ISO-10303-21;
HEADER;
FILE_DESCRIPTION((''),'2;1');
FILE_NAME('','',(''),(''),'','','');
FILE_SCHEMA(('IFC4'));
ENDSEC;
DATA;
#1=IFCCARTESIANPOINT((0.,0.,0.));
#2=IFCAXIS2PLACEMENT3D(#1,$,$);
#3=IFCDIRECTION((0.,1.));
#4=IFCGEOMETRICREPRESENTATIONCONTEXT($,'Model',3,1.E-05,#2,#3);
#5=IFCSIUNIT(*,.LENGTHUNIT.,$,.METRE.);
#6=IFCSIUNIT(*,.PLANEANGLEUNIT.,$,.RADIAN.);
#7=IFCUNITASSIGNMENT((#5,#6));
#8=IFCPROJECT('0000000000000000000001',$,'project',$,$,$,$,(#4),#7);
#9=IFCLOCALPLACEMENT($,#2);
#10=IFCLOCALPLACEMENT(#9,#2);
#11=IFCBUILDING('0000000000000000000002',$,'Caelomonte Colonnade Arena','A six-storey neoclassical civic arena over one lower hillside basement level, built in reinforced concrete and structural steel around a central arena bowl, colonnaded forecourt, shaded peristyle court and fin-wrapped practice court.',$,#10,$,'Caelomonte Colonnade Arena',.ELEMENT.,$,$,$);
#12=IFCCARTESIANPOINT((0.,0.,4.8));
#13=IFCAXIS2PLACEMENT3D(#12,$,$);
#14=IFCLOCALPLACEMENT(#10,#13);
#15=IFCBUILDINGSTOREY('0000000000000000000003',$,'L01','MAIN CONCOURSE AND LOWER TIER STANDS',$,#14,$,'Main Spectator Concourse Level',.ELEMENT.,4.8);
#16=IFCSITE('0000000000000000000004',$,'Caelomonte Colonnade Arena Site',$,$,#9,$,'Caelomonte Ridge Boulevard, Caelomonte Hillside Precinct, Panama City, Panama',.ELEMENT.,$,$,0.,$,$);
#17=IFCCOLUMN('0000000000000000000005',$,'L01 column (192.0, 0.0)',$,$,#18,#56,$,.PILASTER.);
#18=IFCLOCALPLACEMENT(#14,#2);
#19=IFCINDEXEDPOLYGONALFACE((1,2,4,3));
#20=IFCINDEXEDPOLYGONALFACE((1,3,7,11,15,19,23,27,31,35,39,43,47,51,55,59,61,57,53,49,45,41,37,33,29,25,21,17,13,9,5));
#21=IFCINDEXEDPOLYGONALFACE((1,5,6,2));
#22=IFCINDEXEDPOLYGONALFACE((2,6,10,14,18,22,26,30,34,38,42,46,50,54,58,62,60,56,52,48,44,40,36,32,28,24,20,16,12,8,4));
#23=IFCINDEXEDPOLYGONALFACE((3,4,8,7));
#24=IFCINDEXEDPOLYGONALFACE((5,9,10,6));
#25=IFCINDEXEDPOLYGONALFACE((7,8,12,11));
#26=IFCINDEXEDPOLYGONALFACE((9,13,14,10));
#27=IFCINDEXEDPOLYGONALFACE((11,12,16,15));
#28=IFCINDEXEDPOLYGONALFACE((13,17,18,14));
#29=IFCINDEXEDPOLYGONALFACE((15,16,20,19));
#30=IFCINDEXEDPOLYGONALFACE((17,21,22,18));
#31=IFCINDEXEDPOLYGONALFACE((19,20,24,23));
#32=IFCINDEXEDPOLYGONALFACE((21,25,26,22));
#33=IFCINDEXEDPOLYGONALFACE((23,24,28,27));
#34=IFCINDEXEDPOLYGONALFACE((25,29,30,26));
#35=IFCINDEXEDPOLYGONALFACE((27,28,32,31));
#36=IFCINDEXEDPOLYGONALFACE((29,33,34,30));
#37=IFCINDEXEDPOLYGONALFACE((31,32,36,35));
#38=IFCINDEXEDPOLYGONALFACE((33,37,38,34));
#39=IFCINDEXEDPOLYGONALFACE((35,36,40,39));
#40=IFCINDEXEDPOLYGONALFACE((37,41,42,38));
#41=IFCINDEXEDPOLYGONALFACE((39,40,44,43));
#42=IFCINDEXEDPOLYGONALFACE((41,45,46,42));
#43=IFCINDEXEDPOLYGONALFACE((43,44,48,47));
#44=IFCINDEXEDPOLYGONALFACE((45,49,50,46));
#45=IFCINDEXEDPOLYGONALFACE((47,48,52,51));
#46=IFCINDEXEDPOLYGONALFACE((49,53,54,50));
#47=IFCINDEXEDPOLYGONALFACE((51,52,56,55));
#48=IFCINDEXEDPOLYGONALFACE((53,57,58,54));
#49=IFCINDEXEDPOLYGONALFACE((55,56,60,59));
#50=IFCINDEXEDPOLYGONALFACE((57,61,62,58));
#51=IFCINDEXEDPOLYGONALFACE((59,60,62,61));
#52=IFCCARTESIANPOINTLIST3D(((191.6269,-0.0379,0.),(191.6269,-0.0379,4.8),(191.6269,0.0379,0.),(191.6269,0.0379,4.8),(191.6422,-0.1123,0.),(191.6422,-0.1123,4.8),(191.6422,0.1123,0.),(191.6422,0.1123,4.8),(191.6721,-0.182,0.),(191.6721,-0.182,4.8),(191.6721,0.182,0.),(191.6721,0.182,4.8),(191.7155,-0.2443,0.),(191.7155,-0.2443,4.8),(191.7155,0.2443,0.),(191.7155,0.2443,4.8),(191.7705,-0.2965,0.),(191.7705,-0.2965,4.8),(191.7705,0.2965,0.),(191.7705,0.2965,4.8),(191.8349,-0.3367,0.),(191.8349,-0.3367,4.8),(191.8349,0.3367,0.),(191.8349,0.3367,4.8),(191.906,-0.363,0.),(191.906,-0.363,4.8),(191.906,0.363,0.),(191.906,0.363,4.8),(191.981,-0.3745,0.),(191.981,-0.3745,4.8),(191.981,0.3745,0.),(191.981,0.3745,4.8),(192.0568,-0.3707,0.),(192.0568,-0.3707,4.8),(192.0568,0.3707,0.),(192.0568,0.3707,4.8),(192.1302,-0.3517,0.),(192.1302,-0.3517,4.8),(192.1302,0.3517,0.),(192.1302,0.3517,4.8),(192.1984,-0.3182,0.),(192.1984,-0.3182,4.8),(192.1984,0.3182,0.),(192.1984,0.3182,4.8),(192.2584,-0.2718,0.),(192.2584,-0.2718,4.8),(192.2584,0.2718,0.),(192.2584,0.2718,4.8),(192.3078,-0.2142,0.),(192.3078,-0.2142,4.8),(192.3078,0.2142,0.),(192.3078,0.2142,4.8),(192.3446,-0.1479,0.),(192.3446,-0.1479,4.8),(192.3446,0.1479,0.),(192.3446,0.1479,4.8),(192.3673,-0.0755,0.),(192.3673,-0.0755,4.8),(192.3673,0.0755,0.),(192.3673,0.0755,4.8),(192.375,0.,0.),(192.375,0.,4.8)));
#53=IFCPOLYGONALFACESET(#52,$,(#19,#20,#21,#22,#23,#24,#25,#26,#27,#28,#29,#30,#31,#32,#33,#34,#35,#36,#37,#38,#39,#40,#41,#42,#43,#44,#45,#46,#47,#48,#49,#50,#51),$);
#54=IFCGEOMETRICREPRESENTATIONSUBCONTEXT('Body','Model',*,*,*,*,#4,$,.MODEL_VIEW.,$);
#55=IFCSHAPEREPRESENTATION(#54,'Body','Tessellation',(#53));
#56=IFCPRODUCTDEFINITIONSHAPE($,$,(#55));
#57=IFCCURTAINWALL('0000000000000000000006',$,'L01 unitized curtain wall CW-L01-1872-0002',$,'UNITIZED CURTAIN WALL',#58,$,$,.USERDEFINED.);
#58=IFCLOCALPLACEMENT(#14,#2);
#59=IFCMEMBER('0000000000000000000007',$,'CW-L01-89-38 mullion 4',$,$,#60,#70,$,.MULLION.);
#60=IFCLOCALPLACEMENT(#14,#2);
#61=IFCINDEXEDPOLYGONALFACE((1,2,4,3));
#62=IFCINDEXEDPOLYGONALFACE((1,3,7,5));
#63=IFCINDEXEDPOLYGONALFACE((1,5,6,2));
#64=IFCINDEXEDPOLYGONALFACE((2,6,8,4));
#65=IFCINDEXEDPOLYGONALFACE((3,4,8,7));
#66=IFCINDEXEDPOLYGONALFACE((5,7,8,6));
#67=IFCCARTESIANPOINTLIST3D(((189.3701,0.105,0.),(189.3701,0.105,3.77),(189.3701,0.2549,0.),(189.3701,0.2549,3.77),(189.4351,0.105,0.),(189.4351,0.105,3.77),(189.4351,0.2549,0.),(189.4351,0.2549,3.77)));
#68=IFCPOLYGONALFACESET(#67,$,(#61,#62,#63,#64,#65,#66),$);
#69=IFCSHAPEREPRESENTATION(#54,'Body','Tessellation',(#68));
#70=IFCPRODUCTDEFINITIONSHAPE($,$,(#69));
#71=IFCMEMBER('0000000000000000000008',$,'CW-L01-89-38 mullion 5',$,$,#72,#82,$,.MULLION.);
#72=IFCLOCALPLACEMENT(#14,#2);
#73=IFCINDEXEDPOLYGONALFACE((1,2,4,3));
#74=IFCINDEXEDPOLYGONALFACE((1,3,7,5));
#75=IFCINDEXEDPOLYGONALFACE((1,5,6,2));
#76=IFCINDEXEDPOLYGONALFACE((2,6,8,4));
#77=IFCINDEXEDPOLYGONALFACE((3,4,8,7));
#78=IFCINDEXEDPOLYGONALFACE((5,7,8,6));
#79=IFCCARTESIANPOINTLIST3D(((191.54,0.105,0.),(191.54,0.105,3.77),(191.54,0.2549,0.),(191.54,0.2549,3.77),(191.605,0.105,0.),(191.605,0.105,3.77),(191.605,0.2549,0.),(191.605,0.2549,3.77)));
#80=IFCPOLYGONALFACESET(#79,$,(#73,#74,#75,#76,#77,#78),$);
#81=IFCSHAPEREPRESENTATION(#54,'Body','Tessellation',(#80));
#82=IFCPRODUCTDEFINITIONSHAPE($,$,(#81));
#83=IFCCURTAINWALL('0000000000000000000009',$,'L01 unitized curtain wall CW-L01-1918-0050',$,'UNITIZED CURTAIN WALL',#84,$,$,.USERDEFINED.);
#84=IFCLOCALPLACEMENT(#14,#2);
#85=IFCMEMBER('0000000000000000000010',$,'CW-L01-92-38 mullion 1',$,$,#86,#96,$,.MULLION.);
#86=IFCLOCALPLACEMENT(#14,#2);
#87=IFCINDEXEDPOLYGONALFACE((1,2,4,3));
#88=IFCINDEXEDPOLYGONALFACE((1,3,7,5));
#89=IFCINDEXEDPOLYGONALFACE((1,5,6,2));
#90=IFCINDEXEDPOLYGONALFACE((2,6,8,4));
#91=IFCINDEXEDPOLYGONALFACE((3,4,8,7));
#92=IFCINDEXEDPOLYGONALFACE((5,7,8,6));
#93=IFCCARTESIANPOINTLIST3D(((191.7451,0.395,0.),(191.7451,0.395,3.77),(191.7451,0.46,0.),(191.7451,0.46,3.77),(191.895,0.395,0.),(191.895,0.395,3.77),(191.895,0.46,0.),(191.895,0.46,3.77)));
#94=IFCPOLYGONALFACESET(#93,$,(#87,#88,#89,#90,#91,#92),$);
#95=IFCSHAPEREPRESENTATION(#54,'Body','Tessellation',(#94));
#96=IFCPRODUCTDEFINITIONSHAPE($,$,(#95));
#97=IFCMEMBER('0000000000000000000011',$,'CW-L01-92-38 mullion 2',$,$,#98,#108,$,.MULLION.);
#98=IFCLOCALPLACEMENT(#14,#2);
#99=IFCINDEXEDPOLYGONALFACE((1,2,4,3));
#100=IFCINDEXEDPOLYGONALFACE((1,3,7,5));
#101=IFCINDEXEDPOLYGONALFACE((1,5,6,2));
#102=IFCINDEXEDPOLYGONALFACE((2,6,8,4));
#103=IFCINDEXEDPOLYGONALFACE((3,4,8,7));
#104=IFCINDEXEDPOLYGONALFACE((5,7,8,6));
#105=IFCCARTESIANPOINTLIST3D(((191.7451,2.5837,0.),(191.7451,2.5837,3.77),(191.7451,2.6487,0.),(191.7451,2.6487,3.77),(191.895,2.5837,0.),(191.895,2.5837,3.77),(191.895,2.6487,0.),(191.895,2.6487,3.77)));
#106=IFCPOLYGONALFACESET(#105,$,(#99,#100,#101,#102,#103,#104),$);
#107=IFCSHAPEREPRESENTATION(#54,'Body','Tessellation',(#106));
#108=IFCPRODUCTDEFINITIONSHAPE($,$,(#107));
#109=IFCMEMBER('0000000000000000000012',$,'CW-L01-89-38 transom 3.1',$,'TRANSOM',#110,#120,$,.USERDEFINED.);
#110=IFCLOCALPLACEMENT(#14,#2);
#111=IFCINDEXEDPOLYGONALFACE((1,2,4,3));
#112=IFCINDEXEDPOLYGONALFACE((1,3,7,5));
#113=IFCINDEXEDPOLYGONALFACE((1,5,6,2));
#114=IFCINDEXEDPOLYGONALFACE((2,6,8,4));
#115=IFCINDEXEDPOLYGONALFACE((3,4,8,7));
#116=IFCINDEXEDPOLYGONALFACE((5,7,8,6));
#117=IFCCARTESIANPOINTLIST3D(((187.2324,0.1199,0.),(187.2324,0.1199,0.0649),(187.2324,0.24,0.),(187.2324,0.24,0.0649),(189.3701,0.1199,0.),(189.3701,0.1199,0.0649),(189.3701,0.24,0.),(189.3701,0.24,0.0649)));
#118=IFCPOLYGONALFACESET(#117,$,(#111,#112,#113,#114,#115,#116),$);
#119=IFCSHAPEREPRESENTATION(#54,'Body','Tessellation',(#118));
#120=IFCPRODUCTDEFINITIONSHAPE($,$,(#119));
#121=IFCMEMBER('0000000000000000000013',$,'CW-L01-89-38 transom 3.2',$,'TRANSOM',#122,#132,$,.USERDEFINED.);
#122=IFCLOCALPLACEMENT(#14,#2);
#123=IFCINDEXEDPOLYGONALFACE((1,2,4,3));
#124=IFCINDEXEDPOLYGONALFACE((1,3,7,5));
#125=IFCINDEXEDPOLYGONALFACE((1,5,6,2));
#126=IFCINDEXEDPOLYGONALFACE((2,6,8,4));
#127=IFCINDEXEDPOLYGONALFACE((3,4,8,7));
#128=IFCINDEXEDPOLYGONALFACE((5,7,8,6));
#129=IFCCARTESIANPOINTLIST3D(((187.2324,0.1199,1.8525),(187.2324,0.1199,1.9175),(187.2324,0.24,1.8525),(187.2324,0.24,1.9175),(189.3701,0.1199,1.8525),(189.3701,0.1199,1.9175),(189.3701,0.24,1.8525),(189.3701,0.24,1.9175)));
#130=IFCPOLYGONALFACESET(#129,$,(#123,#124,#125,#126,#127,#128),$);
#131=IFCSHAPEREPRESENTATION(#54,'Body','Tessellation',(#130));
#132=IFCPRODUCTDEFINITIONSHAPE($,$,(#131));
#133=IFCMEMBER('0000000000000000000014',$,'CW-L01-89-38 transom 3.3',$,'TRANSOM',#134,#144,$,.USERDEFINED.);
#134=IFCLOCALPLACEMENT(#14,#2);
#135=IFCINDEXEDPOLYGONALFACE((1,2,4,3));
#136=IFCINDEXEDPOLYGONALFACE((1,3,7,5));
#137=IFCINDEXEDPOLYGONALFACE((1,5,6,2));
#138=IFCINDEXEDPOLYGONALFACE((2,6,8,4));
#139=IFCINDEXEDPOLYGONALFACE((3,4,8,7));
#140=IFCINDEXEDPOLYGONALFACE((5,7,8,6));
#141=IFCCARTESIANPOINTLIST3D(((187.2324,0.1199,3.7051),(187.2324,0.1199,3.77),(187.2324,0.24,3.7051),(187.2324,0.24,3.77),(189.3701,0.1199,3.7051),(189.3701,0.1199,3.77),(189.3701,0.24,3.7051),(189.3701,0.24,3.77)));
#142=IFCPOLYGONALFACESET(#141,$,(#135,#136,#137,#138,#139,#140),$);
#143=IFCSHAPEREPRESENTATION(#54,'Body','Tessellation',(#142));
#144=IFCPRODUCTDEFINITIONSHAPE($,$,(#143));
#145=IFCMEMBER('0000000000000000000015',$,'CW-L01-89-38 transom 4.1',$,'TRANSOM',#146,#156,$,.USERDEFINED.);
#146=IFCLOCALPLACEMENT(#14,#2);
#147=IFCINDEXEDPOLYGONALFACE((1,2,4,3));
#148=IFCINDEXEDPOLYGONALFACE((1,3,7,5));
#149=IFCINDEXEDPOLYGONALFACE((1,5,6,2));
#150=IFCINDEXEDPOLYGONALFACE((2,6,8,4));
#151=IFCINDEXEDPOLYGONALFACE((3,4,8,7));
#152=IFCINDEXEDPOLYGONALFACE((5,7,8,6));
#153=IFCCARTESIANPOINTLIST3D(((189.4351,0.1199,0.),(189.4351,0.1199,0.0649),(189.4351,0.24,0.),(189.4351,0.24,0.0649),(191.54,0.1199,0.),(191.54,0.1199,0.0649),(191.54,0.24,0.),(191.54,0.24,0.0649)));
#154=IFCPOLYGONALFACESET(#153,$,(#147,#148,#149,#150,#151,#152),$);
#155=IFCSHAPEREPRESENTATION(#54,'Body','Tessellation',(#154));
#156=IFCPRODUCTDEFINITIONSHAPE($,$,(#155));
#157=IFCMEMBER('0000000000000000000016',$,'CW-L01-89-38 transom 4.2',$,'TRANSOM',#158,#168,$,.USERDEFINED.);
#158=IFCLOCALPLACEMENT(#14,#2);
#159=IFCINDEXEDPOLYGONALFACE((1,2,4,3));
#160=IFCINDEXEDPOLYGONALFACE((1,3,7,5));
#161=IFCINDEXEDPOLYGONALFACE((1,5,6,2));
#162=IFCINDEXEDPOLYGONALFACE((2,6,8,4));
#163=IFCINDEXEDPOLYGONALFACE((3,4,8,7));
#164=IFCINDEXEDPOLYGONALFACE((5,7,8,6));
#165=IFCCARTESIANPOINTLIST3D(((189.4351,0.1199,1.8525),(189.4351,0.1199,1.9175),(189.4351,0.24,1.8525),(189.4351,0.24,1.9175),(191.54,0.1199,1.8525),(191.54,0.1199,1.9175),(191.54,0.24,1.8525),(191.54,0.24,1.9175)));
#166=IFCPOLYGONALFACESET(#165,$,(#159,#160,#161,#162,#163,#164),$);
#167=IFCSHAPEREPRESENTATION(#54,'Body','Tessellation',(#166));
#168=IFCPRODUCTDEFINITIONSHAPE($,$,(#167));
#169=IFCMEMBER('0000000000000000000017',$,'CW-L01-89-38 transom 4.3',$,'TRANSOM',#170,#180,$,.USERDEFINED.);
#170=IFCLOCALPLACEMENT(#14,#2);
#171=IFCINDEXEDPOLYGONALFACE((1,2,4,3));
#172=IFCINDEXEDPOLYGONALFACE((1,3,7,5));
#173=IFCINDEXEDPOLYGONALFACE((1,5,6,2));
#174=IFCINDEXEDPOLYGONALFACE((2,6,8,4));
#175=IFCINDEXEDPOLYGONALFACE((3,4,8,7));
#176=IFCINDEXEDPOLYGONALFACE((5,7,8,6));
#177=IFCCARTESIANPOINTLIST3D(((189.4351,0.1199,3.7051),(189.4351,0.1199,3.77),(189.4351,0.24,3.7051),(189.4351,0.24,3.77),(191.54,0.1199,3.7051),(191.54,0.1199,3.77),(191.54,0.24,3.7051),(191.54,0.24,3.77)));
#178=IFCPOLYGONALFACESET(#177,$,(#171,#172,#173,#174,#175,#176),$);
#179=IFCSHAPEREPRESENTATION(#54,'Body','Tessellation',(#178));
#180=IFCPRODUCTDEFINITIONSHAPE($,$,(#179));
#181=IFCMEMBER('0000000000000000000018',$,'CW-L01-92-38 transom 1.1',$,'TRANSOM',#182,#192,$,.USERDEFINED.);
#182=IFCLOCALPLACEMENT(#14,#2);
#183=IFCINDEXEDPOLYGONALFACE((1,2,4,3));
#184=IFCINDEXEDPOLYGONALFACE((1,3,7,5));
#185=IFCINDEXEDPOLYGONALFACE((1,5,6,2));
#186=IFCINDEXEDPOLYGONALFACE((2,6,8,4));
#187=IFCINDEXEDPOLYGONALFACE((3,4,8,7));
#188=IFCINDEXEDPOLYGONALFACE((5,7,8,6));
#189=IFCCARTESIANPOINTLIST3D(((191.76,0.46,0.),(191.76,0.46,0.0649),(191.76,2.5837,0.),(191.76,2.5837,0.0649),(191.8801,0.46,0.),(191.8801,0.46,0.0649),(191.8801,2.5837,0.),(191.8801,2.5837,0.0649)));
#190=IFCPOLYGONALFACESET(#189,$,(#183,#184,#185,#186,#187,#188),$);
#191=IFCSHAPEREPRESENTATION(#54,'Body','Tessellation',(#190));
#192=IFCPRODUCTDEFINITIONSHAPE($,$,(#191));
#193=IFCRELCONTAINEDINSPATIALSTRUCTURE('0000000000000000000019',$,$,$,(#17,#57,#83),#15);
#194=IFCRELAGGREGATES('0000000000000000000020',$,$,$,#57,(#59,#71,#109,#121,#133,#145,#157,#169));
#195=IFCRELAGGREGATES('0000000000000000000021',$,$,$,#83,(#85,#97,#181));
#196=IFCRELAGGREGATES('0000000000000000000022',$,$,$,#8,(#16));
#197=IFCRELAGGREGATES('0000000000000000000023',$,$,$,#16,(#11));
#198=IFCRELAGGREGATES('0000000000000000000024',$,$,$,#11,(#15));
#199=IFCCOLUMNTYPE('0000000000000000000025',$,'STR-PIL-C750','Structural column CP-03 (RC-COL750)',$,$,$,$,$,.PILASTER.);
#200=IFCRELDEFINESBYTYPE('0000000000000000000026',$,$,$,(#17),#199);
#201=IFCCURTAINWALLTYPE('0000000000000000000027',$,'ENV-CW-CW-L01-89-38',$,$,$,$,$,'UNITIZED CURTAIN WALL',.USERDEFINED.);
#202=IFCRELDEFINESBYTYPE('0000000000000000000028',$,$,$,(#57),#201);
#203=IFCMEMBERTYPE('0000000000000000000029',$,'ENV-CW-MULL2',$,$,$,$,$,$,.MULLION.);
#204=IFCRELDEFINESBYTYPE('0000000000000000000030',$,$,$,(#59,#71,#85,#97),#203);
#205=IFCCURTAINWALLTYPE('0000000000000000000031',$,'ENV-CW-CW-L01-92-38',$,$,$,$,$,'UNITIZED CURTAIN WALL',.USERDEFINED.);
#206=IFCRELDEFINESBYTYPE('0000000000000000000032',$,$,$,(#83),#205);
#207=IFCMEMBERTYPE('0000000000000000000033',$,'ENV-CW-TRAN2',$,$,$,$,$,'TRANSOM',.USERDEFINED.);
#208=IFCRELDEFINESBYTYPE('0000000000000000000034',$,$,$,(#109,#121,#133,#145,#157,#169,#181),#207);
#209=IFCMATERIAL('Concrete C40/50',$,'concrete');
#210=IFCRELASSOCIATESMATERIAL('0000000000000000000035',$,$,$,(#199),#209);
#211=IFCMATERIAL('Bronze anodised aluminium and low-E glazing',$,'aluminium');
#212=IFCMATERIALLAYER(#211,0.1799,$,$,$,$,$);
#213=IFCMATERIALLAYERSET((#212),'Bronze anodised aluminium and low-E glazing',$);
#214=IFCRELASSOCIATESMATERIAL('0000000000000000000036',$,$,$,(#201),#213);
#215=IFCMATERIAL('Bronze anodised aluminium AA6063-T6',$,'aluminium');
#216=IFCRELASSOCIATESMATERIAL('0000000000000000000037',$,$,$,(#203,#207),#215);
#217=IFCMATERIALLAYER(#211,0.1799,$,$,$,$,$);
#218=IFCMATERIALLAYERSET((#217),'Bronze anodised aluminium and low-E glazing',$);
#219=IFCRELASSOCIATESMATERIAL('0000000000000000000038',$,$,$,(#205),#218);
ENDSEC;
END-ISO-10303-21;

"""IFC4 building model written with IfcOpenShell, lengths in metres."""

from ifc_helpers import new_model, si_unit, direction, frame, origin, origin_2d, place, context, subcontext, project, spatial, rectangle, circle, extrude, material, layer, layer_set, material_profile, profile_set, type_object, element, aggregate, save


model = new_model("IFC4")

# Units and contexts
model_context = context("Model", 3, precision=1e-05, world=origin(), true_north=direction((0.0, 1.0)))
body_context = subcontext(model_context, "Body", "Model", "MODEL_VIEW")
ifc_project = project(units=[si_unit("LENGTHUNIT", "METRE"), si_unit("PLANEANGLEUNIT", "RADIAN")], contexts=[model_context])

# Site, building, storey
site_placement = place(None, origin())
site = spatial("IfcSite", under=ifc_project, at=site_placement, Name="Caelomonte Colonnade Arena Site", LongName="Caelomonte Ridge Boulevard, Caelomonte Hillside Precinct, Panama City, Panama", CompositionType="ELEMENT", RefElevation=0.0)
building_placement = place(site_placement, origin())
building = spatial("IfcBuilding", under=site, at=building_placement, Name="Caelomonte Colonnade Arena", Description="A six-storey neoclassical civic arena over one lower hillside basement level, built in reinforced concrete and structural steel around a central arena bowl, colonnaded forecourt, shaded peristyle court and fin-wrapped practice court.", LongName="Caelomonte Colonnade Arena", CompositionType="ELEMENT")
storey_placement = place(building_placement, frame((0.0, 0.0, 4.8)))
storey = spatial("IfcBuildingStorey", under=building, at=storey_placement, Name="L01", Description="MAIN CONCOURSE AND LOWER TIER STANDS", LongName="Main Spectator Concourse Level", CompositionType="ELEMENT", Elevation=4.8)

# Column
ifc_material_1 = material(Name="Concrete C40/50", Category="concrete")
ifc_material_profile_1 = material_profile(ifc_material_1, circle(Radius=0.375, at=origin_2d()), Name="RC-COL750")
ifc_profile_set_1 = profile_set([ifc_material_profile_1], Name="Concrete C40/50")
column_type = type_object("IfcColumnType", Name="STR-PIL-C750", Description="Structural column CP-03 (RC-COL750)", PredefinedType="PILASTER", material=ifc_profile_set_1)
column_placement = place(storey_placement, frame((192.0, 0.0, 0.0), z_axis=(0.0, 0.0, 1.0), x_axis=(1.0, 0.0, 0.0)))
element("IfcColumn", 1, at=column_placement, inside=storey, type_object=column_type, Name="L01 column (192.0, 0.0)", PredefinedType="PILASTER", context=body_context, shape_type="SweptSolid", body=[
    extrude(circle(Radius=0.375, at=origin_2d()), origin(), (0.0, 0.0, 1.0), 4.8),
])

# Curtain walls, members
ifc_material_2 = material(Name="Bronze anodised aluminium and low-E glazing", Category="aluminium")
ifc_layer_1 = layer(ifc_material_2, 0.1799)
ifc_layer_set_1 = layer_set([ifc_layer_1], Name="Bronze anodised aluminium and low-E glazing")
curtain_wall_type_1 = type_object("IfcCurtainWallType", Name="ENV-CW-CW-L01-89-38", ElementType="UNITIZED CURTAIN WALL", PredefinedType="USERDEFINED", material=ifc_layer_set_1)
curtain_wall_1_placement = place(storey_placement, origin())
curtain_wall_1 = element("IfcCurtainWall", 2, at=curtain_wall_1_placement, inside=storey, type_object=curtain_wall_type_1, Name="L01 unitized curtain wall CW-L01-1872-0002", ObjectType="UNITIZED CURTAIN WALL", PredefinedType="USERDEFINED")
ifc_material_3 = material(Name="Bronze anodised aluminium AA6063-T6", Category="aluminium")
ifc_material_profile_2 = material_profile(ifc_material_3, rectangle(XDim=0.0649, YDim=0.1499, at=origin_2d()), Name="CWM-65X150")
ifc_profile_set_2 = profile_set([ifc_material_profile_2], Name="Bronze anodised aluminium AA6063-T6")
member_type_1 = type_object("IfcMemberType", Name="ENV-CW-MULL2", PredefinedType="MULLION", material=ifc_profile_set_2)
member_1_placement = place(storey_placement, frame((189.4026, 0.1799, 0.0), z_axis=(0.0, 0.0, 1.0), x_axis=(1.0, 0.0, 0.0)))
member_1 = element("IfcMember", 3, at=member_1_placement, type_object=member_type_1, Name="CW-L01-89-38 mullion 4", PredefinedType="MULLION", context=body_context, shape_type="SweptSolid", body=[
    extrude(rectangle(XDim=0.0649, YDim=0.1499, at=origin_2d()), origin(), (0.0, 0.0, 1.0), 3.77),
])
member_2_placement = place(storey_placement, frame((191.5725, 0.1799, 0.0), z_axis=(0.0, 0.0, 1.0), x_axis=(1.0, 0.0, 0.0)))
member_2 = element("IfcMember", 4, at=member_2_placement, type_object=member_type_1, Name="CW-L01-89-38 mullion 5", PredefinedType="MULLION", context=body_context, shape_type="SweptSolid", body=[
    extrude(rectangle(XDim=0.0649, YDim=0.1499, at=origin_2d()), origin(), (0.0, 0.0, 1.0), 3.77),
])
ifc_layer_2 = layer(ifc_material_2, 0.1799)
ifc_layer_set_2 = layer_set([ifc_layer_2], Name="Bronze anodised aluminium and low-E glazing")
curtain_wall_type_2 = type_object("IfcCurtainWallType", Name="ENV-CW-CW-L01-92-38", ElementType="UNITIZED CURTAIN WALL", PredefinedType="USERDEFINED", material=ifc_layer_set_2)
curtain_wall_2_placement = place(storey_placement, origin())
curtain_wall_2 = element("IfcCurtainWall", 5, at=curtain_wall_2_placement, inside=storey, type_object=curtain_wall_type_2, Name="L01 unitized curtain wall CW-L01-1918-0050", ObjectType="UNITIZED CURTAIN WALL", PredefinedType="USERDEFINED")
member_3_placement = place(storey_placement, frame((191.8201, 0.4275, 0.0), z_axis=(0.0, 0.0, 1.0), x_axis=(0.0, 1.0, 0.0)))
member_3 = element("IfcMember", 6, at=member_3_placement, type_object=member_type_1, Name="CW-L01-92-38 mullion 1", PredefinedType="MULLION", context=body_context, shape_type="SweptSolid", body=[
    extrude(rectangle(XDim=0.0649, YDim=0.1499, at=origin_2d()), origin(), (0.0, 0.0, 1.0), 3.77),
])
member_4_placement = place(storey_placement, frame((191.8201, 2.6162, 0.0), z_axis=(0.0, 0.0, 1.0), x_axis=(0.0, 1.0, 0.0)))
member_4 = element("IfcMember", 7, at=member_4_placement, type_object=member_type_1, Name="CW-L01-92-38 mullion 2", PredefinedType="MULLION", context=body_context, shape_type="SweptSolid", body=[
    extrude(rectangle(XDim=0.0649, YDim=0.1499, at=origin_2d()), origin(), (0.0, 0.0, 1.0), 3.77),
])

# Members
ifc_material_profile_3 = material_profile(ifc_material_3, rectangle(XDim=0.0649, YDim=0.1201, at=origin_2d()), Name="CWT-65X120")
ifc_profile_set_3 = profile_set([ifc_material_profile_3], Name="Bronze anodised aluminium AA6063-T6")
member_type_2 = type_object("IfcMemberType", Name="ENV-CW-TRAN2", ElementType="TRANSOM", PredefinedType="USERDEFINED", material=ifc_profile_set_3)
member_5_placement = place(storey_placement, frame((187.2324, 0.1799, 0.0325), z_axis=(1.0, 0.0, 0.0), x_axis=(0.0, 0.0, 1.0)))
member_5 = element("IfcMember", 8, at=member_5_placement, type_object=member_type_2, Name="CW-L01-89-38 transom 3.1", ObjectType="TRANSOM", PredefinedType="USERDEFINED", context=body_context, shape_type="SweptSolid", body=[
    extrude(rectangle(XDim=0.0649, YDim=0.1201, at=origin_2d()), origin(), (0.0, 0.0, 1.0), 2.1377),
])
member_6_placement = place(storey_placement, frame((187.2324, 0.1799, 1.885), z_axis=(1.0, 0.0, 0.0), x_axis=(0.0, 0.0, 1.0)))
member_6 = element("IfcMember", 9, at=member_6_placement, type_object=member_type_2, Name="CW-L01-89-38 transom 3.2", ObjectType="TRANSOM", PredefinedType="USERDEFINED", context=body_context, shape_type="SweptSolid", body=[
    extrude(rectangle(XDim=0.0649, YDim=0.1201, at=origin_2d()), origin(), (0.0, 0.0, 1.0), 2.1377),
])
member_7_placement = place(storey_placement, frame((187.2324, 0.1799, 3.7375), z_axis=(1.0, 0.0, 0.0), x_axis=(0.0, 0.0, 1.0)))
member_7 = element("IfcMember", 10, at=member_7_placement, type_object=member_type_2, Name="CW-L01-89-38 transom 3.3", ObjectType="TRANSOM", PredefinedType="USERDEFINED", context=body_context, shape_type="SweptSolid", body=[
    extrude(rectangle(XDim=0.0649, YDim=0.1201, at=origin_2d()), origin(), (0.0, 0.0, 1.0), 2.1377),
])
member_8_placement = place(storey_placement, frame((189.4351, 0.1799, 0.0325), z_axis=(1.0, 0.0, 0.0), x_axis=(0.0, 0.0, 1.0)))
member_8 = element("IfcMember", 11, at=member_8_placement, type_object=member_type_2, Name="CW-L01-89-38 transom 4.1", ObjectType="TRANSOM", PredefinedType="USERDEFINED", context=body_context, shape_type="SweptSolid", body=[
    extrude(rectangle(XDim=0.0649, YDim=0.1201, at=origin_2d()), origin(), (0.0, 0.0, 1.0), 2.105),
])
member_9_placement = place(storey_placement, frame((189.4351, 0.1799, 1.885), z_axis=(1.0, 0.0, 0.0), x_axis=(0.0, 0.0, 1.0)))
member_9 = element("IfcMember", 12, at=member_9_placement, type_object=member_type_2, Name="CW-L01-89-38 transom 4.2", ObjectType="TRANSOM", PredefinedType="USERDEFINED", context=body_context, shape_type="SweptSolid", body=[
    extrude(rectangle(XDim=0.0649, YDim=0.1201, at=origin_2d()), origin(), (0.0, 0.0, 1.0), 2.105),
])
member_10_placement = place(storey_placement, frame((189.4351, 0.1799, 3.7375), z_axis=(1.0, 0.0, 0.0), x_axis=(0.0, 0.0, 1.0)))
member_10 = element("IfcMember", 13, at=member_10_placement, type_object=member_type_2, Name="CW-L01-89-38 transom 4.3", ObjectType="TRANSOM", PredefinedType="USERDEFINED", context=body_context, shape_type="SweptSolid", body=[
    extrude(rectangle(XDim=0.0649, YDim=0.1201, at=origin_2d()), origin(), (0.0, 0.0, 1.0), 2.105),
])
member_11_placement = place(storey_placement, frame((191.8201, 0.46, 0.0325), z_axis=(0.0, 1.0, 0.0), x_axis=(0.0, 0.0, 1.0)))
member_11 = element("IfcMember", 14, at=member_11_placement, type_object=member_type_2, Name="CW-L01-92-38 transom 1.1", ObjectType="TRANSOM", PredefinedType="USERDEFINED", context=body_context, shape_type="SweptSolid", body=[
    extrude(rectangle(XDim=0.0649, YDim=0.1201, at=origin_2d()), origin(), (0.0, 0.0, 1.0), 2.1238),
])

aggregate(curtain_wall_1, [member_1, member_2, member_5, member_6, member_7, member_8, member_9, member_10])
aggregate(curtain_wall_2, [member_3, member_4, member_11])

save(model, "model.ifc")
